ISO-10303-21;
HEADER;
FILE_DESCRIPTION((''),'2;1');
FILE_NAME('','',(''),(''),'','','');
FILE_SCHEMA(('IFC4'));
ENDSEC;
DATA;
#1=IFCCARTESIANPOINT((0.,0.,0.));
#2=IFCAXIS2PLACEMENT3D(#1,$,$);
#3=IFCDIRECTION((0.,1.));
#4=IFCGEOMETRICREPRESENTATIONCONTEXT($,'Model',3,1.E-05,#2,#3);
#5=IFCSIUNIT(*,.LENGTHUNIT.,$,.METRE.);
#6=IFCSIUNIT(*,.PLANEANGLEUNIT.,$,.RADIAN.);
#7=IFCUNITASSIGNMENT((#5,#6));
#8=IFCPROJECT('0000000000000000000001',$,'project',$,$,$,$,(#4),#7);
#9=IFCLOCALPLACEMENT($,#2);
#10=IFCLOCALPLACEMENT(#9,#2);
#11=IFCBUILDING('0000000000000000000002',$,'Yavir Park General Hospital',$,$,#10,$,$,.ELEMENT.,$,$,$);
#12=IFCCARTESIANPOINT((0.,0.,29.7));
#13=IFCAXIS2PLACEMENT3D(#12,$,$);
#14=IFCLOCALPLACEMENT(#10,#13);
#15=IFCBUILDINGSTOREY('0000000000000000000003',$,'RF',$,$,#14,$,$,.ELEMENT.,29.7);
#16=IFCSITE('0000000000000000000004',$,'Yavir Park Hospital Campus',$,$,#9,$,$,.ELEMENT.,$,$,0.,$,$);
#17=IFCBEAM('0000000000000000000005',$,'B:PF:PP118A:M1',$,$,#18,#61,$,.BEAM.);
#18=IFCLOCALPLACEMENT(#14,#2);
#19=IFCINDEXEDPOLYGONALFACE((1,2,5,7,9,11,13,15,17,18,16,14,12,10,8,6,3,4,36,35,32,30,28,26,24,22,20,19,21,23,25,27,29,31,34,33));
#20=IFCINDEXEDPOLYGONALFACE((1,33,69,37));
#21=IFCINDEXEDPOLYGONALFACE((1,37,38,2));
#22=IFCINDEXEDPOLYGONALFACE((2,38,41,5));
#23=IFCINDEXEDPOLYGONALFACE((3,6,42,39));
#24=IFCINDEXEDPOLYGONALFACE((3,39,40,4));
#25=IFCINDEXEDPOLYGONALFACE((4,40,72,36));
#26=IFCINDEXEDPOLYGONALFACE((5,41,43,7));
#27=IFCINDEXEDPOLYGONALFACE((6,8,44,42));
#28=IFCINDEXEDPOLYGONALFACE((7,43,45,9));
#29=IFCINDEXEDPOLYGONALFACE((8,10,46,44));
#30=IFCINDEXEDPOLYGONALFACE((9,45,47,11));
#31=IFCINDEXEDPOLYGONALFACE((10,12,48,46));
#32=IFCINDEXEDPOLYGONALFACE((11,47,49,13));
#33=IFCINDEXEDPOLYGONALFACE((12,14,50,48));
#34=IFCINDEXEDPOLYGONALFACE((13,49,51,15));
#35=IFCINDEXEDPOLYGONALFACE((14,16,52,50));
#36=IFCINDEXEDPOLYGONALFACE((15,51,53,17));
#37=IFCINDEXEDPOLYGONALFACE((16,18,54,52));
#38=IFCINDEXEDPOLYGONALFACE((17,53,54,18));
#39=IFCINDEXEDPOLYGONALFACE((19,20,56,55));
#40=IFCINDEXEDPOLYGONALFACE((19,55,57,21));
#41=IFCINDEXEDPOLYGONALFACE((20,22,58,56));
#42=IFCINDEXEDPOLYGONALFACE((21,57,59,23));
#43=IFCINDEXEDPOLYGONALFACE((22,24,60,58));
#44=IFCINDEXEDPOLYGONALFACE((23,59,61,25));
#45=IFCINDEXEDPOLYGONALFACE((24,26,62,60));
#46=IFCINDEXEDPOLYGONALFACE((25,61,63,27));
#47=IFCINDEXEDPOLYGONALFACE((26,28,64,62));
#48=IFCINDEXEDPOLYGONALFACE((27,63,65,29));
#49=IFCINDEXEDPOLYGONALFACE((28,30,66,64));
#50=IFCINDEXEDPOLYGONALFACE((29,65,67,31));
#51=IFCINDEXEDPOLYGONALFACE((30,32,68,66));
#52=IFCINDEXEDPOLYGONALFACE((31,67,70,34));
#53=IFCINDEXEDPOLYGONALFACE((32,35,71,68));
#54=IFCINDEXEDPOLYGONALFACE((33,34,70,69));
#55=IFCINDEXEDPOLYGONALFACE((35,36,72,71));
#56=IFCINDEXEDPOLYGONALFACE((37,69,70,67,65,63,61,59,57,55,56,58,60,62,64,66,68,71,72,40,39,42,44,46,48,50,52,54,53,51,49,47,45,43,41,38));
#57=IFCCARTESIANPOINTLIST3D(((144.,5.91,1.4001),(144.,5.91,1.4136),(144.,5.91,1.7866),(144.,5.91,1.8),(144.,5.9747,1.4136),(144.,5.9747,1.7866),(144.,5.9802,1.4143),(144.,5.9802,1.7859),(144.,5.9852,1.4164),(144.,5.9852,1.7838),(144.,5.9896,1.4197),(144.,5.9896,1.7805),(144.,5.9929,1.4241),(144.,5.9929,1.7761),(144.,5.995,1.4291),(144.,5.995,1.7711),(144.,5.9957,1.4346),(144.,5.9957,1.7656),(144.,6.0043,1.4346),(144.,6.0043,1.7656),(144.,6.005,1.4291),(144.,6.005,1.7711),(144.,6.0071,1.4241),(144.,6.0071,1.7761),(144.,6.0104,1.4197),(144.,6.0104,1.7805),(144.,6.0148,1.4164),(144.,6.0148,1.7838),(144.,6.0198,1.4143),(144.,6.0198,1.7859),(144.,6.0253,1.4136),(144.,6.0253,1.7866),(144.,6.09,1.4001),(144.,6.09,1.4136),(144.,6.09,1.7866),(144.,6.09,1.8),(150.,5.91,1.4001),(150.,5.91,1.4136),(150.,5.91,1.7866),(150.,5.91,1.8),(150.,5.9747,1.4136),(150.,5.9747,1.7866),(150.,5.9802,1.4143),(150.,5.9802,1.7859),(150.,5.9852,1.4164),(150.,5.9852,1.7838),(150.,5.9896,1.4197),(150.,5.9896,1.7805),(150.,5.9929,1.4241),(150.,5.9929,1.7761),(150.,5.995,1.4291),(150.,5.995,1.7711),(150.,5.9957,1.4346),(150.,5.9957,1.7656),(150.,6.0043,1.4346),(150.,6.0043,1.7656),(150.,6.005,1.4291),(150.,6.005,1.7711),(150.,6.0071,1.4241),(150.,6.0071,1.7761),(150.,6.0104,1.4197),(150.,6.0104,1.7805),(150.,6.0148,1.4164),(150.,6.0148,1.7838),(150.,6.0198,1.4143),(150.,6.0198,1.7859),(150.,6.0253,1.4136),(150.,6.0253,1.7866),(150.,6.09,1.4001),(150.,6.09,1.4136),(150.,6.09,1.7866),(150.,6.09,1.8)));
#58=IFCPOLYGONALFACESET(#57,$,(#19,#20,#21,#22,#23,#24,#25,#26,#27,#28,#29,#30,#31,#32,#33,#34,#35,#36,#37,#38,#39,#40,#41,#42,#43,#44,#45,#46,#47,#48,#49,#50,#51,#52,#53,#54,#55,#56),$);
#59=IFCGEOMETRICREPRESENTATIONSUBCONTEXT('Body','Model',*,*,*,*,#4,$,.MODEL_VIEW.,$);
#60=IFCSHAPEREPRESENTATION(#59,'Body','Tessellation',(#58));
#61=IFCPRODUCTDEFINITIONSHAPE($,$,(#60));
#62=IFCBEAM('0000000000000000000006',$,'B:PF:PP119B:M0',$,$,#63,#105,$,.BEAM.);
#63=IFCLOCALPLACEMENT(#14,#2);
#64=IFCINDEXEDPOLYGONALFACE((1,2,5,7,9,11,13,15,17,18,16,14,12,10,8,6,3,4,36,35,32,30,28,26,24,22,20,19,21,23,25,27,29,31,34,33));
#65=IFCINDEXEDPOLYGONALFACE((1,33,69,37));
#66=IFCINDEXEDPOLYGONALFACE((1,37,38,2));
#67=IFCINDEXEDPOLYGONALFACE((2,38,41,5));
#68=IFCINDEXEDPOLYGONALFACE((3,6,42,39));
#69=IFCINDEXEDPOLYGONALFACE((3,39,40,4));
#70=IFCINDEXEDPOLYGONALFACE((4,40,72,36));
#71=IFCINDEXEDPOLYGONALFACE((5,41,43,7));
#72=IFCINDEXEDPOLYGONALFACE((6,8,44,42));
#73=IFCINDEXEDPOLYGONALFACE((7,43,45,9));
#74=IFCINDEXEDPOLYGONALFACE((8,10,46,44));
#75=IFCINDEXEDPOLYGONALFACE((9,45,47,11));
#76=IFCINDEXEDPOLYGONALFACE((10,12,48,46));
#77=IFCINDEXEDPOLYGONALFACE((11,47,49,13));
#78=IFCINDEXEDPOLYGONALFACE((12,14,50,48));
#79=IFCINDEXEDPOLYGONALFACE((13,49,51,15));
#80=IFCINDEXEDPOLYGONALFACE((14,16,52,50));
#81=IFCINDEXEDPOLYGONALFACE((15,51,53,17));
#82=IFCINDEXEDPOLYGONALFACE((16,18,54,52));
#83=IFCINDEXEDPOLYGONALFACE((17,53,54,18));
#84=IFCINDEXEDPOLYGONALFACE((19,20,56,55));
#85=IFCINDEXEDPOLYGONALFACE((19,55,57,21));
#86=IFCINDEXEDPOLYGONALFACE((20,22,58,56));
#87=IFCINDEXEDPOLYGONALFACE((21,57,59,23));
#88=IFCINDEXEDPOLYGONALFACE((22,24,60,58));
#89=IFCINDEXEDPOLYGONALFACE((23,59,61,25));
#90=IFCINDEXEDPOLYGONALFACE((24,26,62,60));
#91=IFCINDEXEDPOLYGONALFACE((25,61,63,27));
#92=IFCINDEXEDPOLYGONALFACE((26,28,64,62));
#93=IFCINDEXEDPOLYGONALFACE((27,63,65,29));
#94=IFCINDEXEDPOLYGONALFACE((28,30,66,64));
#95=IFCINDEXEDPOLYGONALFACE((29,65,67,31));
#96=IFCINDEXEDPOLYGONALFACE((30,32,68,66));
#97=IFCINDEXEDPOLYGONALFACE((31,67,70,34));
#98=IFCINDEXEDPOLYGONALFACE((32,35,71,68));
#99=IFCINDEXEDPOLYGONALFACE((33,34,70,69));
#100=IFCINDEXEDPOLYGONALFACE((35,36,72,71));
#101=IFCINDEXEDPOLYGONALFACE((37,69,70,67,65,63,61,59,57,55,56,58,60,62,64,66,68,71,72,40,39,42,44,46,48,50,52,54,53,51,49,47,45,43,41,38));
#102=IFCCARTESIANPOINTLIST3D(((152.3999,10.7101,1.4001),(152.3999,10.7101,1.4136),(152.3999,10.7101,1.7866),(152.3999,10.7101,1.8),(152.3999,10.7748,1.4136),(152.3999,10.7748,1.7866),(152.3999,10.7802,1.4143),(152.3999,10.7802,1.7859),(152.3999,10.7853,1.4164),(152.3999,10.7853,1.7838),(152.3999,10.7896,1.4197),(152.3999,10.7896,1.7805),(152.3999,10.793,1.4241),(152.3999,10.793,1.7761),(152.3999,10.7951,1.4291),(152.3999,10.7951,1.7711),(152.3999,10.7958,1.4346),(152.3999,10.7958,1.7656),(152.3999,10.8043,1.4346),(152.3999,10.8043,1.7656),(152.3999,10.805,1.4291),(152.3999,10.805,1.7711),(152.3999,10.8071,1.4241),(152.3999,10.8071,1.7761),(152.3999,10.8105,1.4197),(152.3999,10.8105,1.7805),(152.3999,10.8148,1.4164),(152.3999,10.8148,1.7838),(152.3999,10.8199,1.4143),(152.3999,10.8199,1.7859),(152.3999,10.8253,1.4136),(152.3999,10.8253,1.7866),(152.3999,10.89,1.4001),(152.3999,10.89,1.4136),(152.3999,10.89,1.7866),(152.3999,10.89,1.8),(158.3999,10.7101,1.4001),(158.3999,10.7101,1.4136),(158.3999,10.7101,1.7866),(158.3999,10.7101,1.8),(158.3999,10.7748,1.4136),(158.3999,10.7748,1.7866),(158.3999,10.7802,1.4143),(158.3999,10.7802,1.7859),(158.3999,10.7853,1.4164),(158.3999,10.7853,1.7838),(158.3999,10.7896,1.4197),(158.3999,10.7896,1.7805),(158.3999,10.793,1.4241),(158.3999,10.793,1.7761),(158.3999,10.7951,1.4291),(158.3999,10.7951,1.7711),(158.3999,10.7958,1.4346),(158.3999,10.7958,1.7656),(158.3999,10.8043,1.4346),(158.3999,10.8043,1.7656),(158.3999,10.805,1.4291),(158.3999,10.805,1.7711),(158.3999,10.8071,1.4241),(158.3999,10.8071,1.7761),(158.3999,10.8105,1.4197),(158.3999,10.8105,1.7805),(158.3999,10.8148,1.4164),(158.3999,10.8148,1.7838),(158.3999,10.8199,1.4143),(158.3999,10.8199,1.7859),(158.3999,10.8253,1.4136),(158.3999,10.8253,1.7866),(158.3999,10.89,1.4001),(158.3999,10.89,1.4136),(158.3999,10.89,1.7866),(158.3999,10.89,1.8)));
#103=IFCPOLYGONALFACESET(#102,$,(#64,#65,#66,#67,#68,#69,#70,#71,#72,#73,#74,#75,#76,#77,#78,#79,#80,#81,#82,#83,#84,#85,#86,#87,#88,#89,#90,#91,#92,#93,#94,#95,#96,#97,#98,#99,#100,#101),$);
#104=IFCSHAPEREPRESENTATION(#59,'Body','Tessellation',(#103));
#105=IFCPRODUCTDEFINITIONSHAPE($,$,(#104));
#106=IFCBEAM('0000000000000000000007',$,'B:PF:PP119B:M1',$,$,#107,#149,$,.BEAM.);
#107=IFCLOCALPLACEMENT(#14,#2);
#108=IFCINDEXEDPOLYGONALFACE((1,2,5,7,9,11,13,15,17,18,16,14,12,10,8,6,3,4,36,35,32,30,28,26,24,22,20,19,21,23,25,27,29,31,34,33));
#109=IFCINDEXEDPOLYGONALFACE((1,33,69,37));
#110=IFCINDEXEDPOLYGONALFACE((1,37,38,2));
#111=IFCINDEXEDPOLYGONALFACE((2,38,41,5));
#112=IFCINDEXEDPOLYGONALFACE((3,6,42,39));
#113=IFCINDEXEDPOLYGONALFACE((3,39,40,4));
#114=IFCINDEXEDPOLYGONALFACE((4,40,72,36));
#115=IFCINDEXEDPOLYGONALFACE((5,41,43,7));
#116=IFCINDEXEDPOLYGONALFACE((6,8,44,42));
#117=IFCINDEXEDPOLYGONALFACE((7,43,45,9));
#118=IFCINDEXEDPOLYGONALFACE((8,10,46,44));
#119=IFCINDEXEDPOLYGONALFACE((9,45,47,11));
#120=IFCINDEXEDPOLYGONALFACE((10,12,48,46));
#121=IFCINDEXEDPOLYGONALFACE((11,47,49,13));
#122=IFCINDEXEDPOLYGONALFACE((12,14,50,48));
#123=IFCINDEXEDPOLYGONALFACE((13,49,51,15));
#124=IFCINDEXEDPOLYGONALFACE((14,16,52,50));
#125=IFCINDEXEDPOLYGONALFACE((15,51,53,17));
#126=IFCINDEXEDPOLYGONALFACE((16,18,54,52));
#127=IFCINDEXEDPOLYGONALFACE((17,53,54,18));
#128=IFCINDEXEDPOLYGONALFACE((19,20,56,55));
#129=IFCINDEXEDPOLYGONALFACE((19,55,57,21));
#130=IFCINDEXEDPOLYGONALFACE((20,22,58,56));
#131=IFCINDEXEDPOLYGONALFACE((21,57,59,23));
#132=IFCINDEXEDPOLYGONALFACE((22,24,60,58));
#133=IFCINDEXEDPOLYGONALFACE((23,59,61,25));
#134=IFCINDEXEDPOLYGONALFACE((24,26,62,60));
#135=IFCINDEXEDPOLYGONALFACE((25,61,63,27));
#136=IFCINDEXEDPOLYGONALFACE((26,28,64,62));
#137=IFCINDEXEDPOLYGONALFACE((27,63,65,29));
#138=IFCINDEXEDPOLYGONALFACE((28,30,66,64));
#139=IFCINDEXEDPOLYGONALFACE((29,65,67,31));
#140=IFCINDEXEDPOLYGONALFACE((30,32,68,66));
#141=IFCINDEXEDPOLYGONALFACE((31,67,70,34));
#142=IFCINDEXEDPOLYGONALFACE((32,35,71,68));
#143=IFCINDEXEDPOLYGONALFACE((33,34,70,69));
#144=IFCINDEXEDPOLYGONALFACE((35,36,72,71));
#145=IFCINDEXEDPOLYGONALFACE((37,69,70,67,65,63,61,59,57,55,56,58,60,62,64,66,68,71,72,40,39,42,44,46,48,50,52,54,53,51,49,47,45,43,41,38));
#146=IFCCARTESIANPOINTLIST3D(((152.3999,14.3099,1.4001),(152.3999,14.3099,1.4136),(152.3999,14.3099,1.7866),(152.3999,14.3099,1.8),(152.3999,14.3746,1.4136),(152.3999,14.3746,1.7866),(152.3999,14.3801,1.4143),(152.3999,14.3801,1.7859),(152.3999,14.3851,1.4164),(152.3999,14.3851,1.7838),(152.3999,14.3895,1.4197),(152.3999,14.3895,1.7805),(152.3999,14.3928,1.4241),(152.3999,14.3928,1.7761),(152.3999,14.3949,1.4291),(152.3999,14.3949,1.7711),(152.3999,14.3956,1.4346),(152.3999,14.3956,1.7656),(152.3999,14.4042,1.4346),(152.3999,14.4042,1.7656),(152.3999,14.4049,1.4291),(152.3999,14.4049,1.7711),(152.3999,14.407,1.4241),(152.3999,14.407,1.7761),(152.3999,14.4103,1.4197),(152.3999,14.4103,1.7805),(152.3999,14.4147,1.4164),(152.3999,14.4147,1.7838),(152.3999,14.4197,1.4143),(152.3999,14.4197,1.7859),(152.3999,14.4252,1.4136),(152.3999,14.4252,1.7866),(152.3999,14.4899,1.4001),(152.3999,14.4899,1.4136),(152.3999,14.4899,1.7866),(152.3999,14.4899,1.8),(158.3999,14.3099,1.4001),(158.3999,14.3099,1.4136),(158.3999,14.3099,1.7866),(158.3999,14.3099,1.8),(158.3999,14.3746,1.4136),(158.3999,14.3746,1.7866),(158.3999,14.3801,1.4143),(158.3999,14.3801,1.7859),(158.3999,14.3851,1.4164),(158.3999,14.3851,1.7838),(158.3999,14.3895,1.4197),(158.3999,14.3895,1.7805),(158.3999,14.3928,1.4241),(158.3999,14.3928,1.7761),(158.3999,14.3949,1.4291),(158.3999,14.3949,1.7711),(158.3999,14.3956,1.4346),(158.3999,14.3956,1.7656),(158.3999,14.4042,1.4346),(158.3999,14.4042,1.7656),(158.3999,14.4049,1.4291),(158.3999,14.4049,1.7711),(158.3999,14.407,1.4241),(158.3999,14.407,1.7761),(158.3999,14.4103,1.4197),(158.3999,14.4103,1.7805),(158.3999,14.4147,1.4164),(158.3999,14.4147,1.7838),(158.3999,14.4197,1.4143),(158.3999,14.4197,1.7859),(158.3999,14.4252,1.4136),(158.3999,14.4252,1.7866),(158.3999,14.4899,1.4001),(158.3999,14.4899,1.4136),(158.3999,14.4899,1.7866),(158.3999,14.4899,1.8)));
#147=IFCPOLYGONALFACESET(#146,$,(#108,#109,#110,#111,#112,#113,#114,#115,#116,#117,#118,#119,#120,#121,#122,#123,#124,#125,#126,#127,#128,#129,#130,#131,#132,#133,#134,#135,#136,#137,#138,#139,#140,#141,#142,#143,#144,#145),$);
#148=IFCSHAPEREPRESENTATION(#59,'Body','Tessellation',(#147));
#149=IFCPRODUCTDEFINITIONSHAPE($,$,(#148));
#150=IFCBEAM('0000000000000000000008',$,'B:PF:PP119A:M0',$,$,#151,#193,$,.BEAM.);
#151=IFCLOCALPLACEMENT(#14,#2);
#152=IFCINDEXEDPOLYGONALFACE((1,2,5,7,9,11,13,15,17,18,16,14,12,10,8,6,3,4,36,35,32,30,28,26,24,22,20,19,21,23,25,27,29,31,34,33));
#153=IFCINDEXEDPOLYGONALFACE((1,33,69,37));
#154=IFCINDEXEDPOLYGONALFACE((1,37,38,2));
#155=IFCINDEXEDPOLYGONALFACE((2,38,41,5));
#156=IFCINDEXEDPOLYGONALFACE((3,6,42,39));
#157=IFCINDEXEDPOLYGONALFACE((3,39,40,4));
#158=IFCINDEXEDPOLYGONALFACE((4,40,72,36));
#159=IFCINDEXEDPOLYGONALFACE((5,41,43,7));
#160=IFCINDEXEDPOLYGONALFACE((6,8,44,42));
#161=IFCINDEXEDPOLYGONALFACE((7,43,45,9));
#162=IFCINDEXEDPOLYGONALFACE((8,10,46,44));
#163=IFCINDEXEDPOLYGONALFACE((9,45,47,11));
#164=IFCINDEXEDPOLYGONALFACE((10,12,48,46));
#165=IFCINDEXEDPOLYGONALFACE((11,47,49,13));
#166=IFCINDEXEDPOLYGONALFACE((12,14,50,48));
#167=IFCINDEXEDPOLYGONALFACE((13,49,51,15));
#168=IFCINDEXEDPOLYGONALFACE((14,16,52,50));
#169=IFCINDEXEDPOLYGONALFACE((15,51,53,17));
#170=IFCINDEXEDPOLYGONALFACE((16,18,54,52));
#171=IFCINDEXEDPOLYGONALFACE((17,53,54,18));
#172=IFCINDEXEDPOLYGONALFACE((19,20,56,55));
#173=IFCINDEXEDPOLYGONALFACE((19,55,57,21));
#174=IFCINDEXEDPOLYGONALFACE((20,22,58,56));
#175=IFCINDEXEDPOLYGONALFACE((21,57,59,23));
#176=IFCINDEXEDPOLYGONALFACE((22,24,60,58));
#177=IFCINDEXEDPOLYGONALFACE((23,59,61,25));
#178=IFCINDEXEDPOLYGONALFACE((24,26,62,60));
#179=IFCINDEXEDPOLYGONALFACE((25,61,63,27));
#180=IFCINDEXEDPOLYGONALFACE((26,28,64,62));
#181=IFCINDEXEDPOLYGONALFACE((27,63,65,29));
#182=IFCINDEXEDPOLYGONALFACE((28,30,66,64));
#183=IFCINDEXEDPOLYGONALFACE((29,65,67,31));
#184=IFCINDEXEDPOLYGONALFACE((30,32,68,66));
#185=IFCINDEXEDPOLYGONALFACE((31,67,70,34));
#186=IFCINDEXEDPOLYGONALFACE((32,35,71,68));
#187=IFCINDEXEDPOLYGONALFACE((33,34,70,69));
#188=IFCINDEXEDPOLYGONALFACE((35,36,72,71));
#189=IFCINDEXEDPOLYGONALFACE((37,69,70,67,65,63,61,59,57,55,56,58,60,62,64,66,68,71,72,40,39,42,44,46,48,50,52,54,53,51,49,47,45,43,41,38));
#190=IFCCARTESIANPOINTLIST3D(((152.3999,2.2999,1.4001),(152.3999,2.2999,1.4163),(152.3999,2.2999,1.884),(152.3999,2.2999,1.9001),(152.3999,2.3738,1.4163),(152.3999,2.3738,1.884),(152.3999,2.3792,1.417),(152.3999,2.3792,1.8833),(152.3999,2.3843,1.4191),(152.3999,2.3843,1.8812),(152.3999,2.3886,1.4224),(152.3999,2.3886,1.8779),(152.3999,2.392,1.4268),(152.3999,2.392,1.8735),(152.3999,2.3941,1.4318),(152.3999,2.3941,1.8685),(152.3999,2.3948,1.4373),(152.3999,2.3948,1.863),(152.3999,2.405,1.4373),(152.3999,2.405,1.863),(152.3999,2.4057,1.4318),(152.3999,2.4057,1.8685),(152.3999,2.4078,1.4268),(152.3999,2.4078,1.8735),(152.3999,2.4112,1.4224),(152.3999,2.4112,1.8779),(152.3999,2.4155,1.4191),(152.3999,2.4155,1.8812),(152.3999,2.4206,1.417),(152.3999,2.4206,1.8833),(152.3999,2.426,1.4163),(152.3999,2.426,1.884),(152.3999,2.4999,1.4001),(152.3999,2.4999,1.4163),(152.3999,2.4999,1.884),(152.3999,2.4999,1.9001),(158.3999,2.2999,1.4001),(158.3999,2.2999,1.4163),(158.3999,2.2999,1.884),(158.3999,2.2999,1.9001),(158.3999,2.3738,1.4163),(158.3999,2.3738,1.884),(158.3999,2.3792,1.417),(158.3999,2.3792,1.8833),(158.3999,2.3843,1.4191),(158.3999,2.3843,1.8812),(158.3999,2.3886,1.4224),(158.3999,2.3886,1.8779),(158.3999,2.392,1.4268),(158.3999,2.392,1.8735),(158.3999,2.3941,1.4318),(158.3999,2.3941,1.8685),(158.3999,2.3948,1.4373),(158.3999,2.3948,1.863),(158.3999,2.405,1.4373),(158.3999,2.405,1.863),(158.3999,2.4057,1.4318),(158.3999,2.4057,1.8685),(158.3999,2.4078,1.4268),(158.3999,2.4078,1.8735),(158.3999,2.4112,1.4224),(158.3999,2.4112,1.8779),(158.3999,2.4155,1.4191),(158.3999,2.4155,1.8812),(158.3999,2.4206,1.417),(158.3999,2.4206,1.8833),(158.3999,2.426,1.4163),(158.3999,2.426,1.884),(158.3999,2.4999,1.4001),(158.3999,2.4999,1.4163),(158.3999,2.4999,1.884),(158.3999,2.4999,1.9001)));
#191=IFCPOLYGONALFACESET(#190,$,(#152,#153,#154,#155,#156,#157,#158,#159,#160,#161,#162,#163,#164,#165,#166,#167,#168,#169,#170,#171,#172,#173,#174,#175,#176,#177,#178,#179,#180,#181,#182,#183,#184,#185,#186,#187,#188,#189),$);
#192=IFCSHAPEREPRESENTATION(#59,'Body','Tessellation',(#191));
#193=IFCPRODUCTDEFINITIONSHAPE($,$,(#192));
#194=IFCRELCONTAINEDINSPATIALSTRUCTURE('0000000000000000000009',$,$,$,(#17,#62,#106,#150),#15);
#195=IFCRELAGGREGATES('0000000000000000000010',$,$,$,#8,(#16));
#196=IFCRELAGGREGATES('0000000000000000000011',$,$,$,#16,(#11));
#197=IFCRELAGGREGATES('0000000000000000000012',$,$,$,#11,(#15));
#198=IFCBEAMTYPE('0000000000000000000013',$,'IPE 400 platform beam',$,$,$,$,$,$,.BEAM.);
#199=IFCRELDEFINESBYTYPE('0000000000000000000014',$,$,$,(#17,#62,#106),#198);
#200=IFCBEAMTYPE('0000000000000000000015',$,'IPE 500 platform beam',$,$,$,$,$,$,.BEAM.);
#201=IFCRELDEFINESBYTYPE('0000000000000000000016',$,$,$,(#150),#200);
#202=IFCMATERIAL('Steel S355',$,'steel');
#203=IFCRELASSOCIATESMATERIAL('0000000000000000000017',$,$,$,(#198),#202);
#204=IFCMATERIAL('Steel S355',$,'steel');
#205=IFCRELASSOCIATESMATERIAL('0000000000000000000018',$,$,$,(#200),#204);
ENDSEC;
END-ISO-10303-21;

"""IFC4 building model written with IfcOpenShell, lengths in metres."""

from ifc_helpers import new_model, si_unit, direction, frame, origin, origin_2d, place, context, subcontext, project, spatial, i_section, extrude, material, material_profile, profile_set, type_object, element, save


model = new_model("IFC4")

# Units and contexts
model_context = context("Model", 3, precision=1e-05, world=origin(), true_north=direction((0.0, 1.0)))
body_context = subcontext(model_context, "Body", "Model", "MODEL_VIEW")
ifc_project = project(units=[si_unit("LENGTHUNIT", "METRE"), si_unit("PLANEANGLEUNIT", "RADIAN")], contexts=[model_context])

# Site, building, storey
site_placement = place(None, origin())
site = spatial("IfcSite", under=ifc_project, at=site_placement, Name="Yavir Park Hospital Campus", CompositionType="ELEMENT", RefElevation=0.0)
building_placement = place(site_placement, origin())
building = spatial("IfcBuilding", under=site, at=building_placement, Name="Yavir Park General Hospital", CompositionType="ELEMENT")
storey_placement = place(building_placement, frame((0.0, 0.0, 29.7)))
storey = spatial("IfcBuildingStorey", under=building, at=storey_placement, Name="RF", CompositionType="ELEMENT", Elevation=29.7)

# Beams
ifc_material_1 = material(Name="Steel S355", Category="steel")
ifc_material_profile_1 = material_profile(ifc_material_1, i_section(OverallWidth=0.1799, OverallDepth=0.3999, WebThickness=0.0085, FlangeThickness=0.0134, FilletRadius=0.021, at=origin_2d()), Name="IPE400")
ifc_profile_set_1 = profile_set([ifc_material_profile_1], Name="Steel S355")
beam_type_1 = type_object("IfcBeamType", Name="IPE 400 platform beam", PredefinedType="BEAM", material=ifc_profile_set_1)
for number, where, z_axis, x_axis, name in (
    (1, (144.0, 6.0, 1.6001), (1.0, 0.0, 0.0), (0.0, 1.0, 0.0), "B:PF:PP118A:M1"),
    (2, (152.3999, 10.8, 1.6001), (1.0, 0.0, 0.0), (0.0, 1.0, 0.0), "B:PF:PP119B:M0"),
    (3, (152.3999, 14.3999, 1.6001), (1.0, 0.0, 0.0), (0.0, 1.0, 0.0), "B:PF:PP119B:M1"),
):
    element("IfcBeam", number, at=place(storey_placement, frame(where, z_axis=z_axis, x_axis=x_axis)), inside=storey, type_object=beam_type_1, Name=name, PredefinedType="BEAM", context=body_context, shape_type="SweptSolid", body=[
        extrude(i_section(OverallWidth=0.1799, OverallDepth=0.3999, WebThickness=0.0085, FlangeThickness=0.0134, FilletRadius=0.021, at=origin_2d()), origin(), (0.0, 0.0, 1.0), 6.0),
    ])
ifc_material_2 = material(Name="Steel S355", Category="steel")
ifc_material_profile_2 = material_profile(ifc_material_2, i_section(OverallWidth=0.2, OverallDepth=0.5, WebThickness=0.0103, FlangeThickness=0.0161, FilletRadius=0.021, at=origin_2d()), Name="IPE500")
ifc_profile_set_2 = profile_set([ifc_material_profile_2], Name="Steel S355")
beam_type_2 = type_object("IfcBeamType", Name="IPE 500 platform beam", PredefinedType="BEAM", material=ifc_profile_set_2)
for number, where, z_axis, x_axis, name in (
    (4, (152.3999, 2.3999, 1.6501), (1.0, 0.0, 0.0), (0.0, 1.0, 0.0), "B:PF:PP119A:M0"),
):
    element("IfcBeam", number, at=place(storey_placement, frame(where, z_axis=z_axis, x_axis=x_axis)), inside=storey, type_object=beam_type_2, Name=name, PredefinedType="BEAM", context=body_context, shape_type="SweptSolid", body=[
        extrude(i_section(OverallWidth=0.2, OverallDepth=0.5, WebThickness=0.0103, FlangeThickness=0.0161, FilletRadius=0.021, at=origin_2d()), origin(), (0.0, 0.0, 1.0), 6.0),
    ])

save(model, "model.ifc")
